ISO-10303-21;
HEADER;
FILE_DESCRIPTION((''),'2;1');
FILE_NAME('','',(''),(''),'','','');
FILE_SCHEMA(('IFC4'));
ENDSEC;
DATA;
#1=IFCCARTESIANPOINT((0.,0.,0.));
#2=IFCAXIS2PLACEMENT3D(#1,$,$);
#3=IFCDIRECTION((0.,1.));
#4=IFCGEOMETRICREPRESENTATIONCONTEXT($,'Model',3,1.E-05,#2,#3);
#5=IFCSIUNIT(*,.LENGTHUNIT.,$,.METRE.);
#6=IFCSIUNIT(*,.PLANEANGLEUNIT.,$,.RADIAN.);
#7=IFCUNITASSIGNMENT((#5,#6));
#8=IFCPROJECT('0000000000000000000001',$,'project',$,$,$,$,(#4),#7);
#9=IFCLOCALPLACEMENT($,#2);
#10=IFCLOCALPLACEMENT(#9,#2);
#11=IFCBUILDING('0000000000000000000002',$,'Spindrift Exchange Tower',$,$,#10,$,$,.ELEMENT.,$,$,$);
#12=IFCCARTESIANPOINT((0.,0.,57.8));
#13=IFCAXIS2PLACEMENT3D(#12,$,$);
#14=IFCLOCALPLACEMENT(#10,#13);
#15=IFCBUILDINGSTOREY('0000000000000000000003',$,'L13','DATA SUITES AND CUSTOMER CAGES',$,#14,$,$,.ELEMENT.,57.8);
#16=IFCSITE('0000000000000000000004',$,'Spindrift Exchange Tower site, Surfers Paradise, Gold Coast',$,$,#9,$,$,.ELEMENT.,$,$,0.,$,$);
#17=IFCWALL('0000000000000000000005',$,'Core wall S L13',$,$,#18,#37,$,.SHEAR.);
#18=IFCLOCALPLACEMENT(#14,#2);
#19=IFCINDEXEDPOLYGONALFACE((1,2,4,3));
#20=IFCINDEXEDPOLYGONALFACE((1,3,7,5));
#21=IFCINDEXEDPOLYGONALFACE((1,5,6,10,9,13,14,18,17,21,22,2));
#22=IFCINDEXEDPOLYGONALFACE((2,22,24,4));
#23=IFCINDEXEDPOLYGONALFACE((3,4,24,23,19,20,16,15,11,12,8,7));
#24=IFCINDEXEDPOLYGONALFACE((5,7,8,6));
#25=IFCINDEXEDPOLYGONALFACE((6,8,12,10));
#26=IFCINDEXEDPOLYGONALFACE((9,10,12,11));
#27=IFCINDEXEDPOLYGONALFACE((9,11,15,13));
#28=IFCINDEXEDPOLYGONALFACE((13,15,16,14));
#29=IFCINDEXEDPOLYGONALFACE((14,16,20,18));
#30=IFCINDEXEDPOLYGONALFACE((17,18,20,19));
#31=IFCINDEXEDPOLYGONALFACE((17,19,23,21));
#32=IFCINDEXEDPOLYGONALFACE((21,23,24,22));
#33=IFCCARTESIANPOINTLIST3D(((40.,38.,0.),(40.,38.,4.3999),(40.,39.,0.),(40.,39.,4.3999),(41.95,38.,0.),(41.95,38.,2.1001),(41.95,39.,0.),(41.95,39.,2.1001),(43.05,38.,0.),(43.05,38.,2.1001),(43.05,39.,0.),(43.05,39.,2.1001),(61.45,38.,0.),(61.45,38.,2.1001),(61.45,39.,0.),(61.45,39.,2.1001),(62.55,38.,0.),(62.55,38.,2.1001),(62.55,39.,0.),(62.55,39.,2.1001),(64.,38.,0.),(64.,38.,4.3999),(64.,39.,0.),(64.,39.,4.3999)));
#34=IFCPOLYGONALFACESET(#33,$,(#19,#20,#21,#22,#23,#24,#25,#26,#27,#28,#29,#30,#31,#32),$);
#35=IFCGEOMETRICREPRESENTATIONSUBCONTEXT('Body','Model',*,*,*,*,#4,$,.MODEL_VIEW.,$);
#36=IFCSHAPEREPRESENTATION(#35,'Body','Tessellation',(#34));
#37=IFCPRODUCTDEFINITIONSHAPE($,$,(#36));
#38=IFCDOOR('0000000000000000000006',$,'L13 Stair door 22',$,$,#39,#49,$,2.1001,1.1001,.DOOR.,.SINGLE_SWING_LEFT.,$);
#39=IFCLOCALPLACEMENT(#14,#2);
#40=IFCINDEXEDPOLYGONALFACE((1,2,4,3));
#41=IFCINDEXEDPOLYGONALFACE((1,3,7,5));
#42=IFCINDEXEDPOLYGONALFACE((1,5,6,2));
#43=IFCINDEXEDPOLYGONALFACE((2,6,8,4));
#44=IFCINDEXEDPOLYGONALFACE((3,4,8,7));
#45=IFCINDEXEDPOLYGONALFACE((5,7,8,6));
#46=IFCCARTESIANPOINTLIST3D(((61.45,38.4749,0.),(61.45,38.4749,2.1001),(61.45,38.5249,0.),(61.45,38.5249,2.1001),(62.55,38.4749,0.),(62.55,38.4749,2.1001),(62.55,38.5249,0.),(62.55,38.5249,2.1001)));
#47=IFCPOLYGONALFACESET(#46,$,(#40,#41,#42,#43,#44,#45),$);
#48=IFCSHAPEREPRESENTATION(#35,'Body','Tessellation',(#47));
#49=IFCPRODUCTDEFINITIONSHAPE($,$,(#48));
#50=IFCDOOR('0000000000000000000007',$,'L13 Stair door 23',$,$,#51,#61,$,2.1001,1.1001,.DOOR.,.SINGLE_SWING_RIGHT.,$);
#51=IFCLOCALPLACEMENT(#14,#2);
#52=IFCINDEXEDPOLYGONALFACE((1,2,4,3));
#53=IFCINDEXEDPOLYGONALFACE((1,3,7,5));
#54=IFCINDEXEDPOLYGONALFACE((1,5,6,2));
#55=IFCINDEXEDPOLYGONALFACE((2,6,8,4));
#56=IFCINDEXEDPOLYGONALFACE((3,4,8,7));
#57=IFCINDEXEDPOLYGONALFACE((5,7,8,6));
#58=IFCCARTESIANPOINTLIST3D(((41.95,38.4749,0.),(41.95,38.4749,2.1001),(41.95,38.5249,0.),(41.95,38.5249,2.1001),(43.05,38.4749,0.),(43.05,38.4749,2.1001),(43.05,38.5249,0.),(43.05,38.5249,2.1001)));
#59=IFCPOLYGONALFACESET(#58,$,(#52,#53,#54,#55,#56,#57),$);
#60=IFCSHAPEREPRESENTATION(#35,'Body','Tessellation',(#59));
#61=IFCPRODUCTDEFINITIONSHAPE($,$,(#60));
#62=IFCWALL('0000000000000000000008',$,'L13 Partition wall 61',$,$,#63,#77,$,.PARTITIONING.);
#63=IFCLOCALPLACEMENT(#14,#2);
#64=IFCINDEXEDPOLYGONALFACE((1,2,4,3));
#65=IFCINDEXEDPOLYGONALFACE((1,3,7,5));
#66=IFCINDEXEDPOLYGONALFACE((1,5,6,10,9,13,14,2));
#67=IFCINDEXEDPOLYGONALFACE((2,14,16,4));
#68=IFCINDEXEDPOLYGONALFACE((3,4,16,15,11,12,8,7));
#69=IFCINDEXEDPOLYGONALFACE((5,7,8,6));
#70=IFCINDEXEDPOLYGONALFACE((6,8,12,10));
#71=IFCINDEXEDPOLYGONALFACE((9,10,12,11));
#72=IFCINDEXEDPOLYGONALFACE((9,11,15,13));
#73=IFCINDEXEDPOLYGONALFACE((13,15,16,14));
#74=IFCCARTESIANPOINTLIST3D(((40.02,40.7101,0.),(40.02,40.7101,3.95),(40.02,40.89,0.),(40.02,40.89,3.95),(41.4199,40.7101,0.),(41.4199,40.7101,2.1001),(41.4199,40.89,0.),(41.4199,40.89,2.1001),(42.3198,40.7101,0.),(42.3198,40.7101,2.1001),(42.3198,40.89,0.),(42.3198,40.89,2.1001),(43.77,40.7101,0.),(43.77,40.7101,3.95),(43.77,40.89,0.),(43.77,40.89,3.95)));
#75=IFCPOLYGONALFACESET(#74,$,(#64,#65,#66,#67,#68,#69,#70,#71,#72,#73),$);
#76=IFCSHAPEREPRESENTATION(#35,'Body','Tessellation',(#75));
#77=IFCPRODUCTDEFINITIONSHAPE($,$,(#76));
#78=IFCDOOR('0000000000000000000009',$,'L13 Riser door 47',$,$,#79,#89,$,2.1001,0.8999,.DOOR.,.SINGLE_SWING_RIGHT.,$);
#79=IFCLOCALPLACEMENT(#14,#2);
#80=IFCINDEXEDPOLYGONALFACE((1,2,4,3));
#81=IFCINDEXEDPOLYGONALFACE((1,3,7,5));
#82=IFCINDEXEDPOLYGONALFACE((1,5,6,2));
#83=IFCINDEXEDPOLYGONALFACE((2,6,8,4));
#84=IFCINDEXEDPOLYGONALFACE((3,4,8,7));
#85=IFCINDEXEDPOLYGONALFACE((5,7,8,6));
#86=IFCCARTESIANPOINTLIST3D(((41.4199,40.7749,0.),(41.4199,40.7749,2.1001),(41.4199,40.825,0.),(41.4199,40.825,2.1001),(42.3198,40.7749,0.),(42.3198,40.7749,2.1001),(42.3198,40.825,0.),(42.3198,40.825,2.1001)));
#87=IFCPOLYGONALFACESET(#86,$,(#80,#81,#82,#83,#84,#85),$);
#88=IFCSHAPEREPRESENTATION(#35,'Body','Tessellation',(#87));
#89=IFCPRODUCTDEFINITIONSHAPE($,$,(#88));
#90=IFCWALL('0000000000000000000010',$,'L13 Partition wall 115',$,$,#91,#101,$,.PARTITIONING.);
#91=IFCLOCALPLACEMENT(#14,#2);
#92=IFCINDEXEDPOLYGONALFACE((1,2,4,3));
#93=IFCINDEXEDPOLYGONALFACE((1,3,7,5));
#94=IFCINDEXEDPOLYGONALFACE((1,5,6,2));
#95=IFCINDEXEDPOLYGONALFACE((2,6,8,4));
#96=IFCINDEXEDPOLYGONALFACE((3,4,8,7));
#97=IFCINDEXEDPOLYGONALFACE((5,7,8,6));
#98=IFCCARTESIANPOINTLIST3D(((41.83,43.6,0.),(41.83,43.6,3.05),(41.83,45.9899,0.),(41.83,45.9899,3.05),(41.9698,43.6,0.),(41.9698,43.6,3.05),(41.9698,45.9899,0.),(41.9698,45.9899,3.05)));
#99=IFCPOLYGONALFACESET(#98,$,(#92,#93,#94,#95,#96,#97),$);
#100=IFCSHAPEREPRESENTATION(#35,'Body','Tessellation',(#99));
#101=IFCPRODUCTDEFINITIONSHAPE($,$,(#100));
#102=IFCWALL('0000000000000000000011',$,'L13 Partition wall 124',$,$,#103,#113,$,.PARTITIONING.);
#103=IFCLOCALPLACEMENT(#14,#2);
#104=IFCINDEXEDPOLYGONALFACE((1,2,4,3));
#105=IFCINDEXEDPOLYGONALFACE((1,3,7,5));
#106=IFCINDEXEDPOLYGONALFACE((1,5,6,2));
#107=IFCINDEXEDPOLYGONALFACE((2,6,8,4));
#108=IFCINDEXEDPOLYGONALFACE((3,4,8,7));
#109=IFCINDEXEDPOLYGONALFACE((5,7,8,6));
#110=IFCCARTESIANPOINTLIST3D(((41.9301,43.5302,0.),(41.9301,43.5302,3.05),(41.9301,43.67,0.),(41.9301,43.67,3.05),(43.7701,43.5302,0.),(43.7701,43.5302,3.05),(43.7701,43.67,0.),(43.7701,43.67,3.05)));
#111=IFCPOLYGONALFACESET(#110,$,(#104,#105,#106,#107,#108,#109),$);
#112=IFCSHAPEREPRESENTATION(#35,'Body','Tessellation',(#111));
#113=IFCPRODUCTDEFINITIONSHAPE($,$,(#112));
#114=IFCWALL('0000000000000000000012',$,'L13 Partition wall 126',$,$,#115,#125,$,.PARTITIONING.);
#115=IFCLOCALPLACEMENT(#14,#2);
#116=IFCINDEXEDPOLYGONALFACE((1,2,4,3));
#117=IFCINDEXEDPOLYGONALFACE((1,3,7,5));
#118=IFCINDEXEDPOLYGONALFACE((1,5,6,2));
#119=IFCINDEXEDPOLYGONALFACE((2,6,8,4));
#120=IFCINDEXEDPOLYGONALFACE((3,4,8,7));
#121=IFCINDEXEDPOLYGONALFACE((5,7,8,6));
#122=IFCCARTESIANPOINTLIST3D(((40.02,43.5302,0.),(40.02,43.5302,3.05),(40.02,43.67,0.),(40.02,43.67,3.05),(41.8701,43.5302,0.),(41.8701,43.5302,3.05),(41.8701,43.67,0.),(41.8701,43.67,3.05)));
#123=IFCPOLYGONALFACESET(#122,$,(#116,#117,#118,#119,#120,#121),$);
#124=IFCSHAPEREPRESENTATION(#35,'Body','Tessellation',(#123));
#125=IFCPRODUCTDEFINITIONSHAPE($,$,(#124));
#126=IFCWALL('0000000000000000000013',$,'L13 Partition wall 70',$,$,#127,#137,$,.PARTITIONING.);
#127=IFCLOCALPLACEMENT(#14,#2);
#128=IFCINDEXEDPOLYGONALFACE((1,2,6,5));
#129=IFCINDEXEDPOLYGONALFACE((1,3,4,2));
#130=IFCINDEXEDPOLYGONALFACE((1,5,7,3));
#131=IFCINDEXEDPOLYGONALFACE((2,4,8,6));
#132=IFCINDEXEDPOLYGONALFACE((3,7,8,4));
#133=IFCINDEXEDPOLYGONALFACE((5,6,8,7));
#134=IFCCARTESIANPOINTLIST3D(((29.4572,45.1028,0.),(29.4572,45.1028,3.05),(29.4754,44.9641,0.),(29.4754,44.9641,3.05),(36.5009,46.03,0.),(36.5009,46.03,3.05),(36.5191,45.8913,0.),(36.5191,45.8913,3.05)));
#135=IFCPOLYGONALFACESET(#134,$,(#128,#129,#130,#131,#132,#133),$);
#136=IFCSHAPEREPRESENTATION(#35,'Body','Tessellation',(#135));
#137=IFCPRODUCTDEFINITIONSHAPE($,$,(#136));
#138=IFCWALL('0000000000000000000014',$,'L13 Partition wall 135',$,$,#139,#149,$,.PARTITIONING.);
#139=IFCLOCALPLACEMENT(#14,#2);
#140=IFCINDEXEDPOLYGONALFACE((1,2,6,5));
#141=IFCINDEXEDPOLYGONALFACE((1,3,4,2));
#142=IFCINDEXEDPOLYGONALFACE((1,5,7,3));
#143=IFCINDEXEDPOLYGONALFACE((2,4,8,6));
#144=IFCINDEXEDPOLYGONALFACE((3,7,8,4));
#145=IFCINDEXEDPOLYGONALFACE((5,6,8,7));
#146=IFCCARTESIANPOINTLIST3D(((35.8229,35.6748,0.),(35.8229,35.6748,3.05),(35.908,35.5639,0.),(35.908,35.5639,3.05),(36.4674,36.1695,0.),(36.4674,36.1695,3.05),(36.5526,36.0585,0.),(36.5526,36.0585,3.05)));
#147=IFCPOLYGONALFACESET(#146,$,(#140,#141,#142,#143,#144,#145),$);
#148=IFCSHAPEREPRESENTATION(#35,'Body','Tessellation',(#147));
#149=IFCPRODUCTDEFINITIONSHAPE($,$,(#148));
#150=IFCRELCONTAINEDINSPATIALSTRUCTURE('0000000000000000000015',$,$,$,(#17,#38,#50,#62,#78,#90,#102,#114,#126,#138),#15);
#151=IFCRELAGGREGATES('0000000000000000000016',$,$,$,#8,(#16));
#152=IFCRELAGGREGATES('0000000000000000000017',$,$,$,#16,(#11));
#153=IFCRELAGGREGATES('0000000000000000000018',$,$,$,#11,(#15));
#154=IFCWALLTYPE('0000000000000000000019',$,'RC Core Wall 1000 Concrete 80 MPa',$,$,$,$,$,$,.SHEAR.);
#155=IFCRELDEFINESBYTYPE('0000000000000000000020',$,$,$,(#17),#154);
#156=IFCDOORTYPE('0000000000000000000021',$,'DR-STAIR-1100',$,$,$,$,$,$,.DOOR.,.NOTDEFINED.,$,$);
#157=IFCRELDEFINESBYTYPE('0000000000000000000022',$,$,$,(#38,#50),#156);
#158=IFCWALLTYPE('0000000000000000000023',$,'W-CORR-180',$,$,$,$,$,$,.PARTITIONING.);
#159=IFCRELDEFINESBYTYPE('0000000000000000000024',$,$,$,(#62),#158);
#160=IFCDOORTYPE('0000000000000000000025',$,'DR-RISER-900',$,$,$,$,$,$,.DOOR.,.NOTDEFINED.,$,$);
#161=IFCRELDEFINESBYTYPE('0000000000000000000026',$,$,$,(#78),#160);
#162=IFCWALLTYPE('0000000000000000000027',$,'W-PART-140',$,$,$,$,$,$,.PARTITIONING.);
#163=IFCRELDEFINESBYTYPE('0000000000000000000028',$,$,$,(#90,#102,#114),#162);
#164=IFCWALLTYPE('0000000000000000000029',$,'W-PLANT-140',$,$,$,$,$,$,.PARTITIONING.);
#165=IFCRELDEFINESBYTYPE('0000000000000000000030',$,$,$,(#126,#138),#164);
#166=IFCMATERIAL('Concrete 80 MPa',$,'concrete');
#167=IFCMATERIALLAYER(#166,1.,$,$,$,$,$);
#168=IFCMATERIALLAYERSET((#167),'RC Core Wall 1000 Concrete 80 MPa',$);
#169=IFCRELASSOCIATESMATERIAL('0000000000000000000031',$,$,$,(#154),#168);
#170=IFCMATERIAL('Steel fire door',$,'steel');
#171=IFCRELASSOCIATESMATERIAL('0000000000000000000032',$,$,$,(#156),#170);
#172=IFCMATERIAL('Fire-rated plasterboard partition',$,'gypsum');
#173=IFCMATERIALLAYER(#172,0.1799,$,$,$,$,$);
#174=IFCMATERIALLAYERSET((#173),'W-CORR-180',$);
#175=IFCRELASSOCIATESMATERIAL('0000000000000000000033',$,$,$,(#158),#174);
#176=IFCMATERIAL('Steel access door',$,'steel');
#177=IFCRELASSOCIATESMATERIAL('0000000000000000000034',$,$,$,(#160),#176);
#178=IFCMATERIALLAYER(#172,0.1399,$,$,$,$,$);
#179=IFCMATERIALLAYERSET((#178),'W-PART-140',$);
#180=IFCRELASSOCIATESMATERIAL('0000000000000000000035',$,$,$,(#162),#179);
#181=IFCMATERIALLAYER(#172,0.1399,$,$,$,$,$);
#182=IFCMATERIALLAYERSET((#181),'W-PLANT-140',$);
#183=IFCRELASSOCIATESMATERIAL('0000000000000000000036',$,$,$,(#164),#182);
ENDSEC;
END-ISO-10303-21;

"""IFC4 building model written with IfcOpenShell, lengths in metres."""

from ifc_helpers import new_model, si_unit, direction, frame, frame_2d, origin, place, context, subcontext, project, spatial, rectangle, extrude, source, transform, mapped, material, layer, layer_set, type_object, element, fill, save


model = new_model("IFC4")

# Units and contexts
model_context = context("Model", 3, precision=1e-05, world=origin(), true_north=direction((0.0, 1.0)))
body_context = subcontext(model_context, "Body", "Model", "MODEL_VIEW")
ifc_project = project(units=[si_unit("LENGTHUNIT", "METRE"), si_unit("PLANEANGLEUNIT", "RADIAN")], contexts=[model_context])

# Site, building, storey
site_placement = place(None, origin())
site = spatial("IfcSite", under=ifc_project, at=site_placement, Name="Spindrift Exchange Tower site, Surfers Paradise, Gold Coast", CompositionType="ELEMENT", RefElevation=0.0)
building_placement = place(site_placement, origin())
building = spatial("IfcBuilding", under=site, at=building_placement, Name="Spindrift Exchange Tower", CompositionType="ELEMENT")
storey_placement = place(building_placement, frame((0.0, 0.0, 57.8)))
storey = spatial("IfcBuildingStorey", under=building, at=storey_placement, Name="L13", Description="DATA SUITES AND CUSTOMER CAGES", CompositionType="ELEMENT", Elevation=57.8)

# Shared definitions
ifc_material_1 = material(Name="Concrete 80 MPa", Category="concrete")

# Wall, openings, doors
ifc_layer_1 = layer(ifc_material_1, 1.0)
ifc_layer_set_1 = layer_set([ifc_layer_1], Name="RC Core Wall 1000 Concrete 80 MPa")
wall_type_1 = type_object("IfcWallType", Name="RC Core Wall 1000 Concrete 80 MPa", PredefinedType="SHEAR", material=ifc_layer_set_1)
wall_1_placement = place(storey_placement, frame((40.0, 38.5, 0.0), z_axis=(0.0, 0.0, 1.0), x_axis=(1.0, 0.0, 0.0)))
wall_1 = element("IfcWall", 1, at=wall_1_placement, inside=storey, type_object=wall_type_1, Name="Core wall S L13", PredefinedType="SHEAR", context=body_context, shape_type="SweptSolid", body=[
    extrude(rectangle(XDim=24.0, YDim=1.0, at=frame_2d((12.0, 0.0))), origin(), (0.0, 0.0, 1.0), 4.3999),
])
opening_1_placement = place(wall_1_placement, frame((21.45, 0.0, 0.0)))
opening_1 = element("IfcOpeningElement", 2, at=opening_1_placement, cuts=wall_1, PredefinedType="OPENING", context=body_context, shape_type="SweptSolid", body=[
    extrude(rectangle(XDim=1.1001, YDim=2.1001, at=frame_2d((0.55, 1.05))), frame((0.0, 0.51, 0.0), z_axis=(0.0, -1.0, 0.0), x_axis=(1.0, 0.0, 0.0)), (0.0, 0.0, 1.0), 1.02),
])
opening_2_placement = place(wall_1_placement, frame((1.95, 0.0, 0.0)))
opening_2 = element("IfcOpeningElement", 3, at=opening_2_placement, cuts=wall_1, PredefinedType="OPENING", context=body_context, shape_type="SweptSolid", body=[
    extrude(rectangle(XDim=1.1001, YDim=2.1001, at=frame_2d((0.55, 1.05))), frame((0.0, 0.51, 0.0), z_axis=(0.0, -1.0, 0.0), x_axis=(1.0, 0.0, 0.0)), (0.0, 0.0, 1.0), 1.02),
])
ifc_material_2 = material(Name="Steel fire door", Category="steel")
door_type_1 = type_object("IfcDoorType", Name="DR-STAIR-1100", OperationType="NOTDEFINED", PredefinedType="DOOR", material=ifc_material_2)
shared_shape_1 = source(origin(), body_context, "Body", "SweptSolid", [
    extrude(rectangle(XDim=1.1001, YDim=2.1001, at=frame_2d((0.55, 1.05))), frame((0.0, 0.0249, 0.0), z_axis=(0.0, -1.0, 0.0), x_axis=(1.0, 0.0, 0.0)), (0.0, 0.0, 1.0), 0.05),
])
door_1_placement = place(opening_1_placement, origin())
door_1 = element("IfcDoor", 4, at=door_1_placement, inside=storey, type_object=door_type_1, Name="L13 Stair door 22", OperationType="SINGLE_SWING_LEFT", OverallHeight=2.1001, OverallWidth=1.1001, PredefinedType="DOOR", context=body_context, shape_type="MappedRepresentation", body=[
    mapped(shared_shape_1, transform((0.0, 0.0, 0.0), scale=1.0)),
])
fill(opening_1, door_1)
door_2_placement = place(opening_2_placement, origin())
door_2 = element("IfcDoor", 5, at=door_2_placement, inside=storey, type_object=door_type_1, Name="L13 Stair door 23", OperationType="SINGLE_SWING_RIGHT", OverallHeight=2.1001, OverallWidth=1.1001, PredefinedType="DOOR", context=body_context, shape_type="MappedRepresentation", body=[
    mapped(shared_shape_1, transform((0.0, 0.0, 0.0), scale=1.0)),
])
fill(opening_2, door_2)

# Wall, opening, door
ifc_material_3 = material(Name="Fire-rated plasterboard partition", Category="gypsum")
ifc_layer_2 = layer(ifc_material_3, 0.1799)
ifc_layer_set_2 = layer_set([ifc_layer_2], Name="W-CORR-180")
wall_type_2 = type_object("IfcWallType", Name="W-CORR-180", PredefinedType="PARTITIONING", material=ifc_layer_set_2)
wall_2_placement = place(storey_placement, frame((40.02, 40.8, 0.0), z_axis=(0.0, 0.0, 1.0), x_axis=(1.0, 0.0, 0.0)))
wall_2 = element("IfcWall", 6, at=wall_2_placement, inside=storey, type_object=wall_type_2, Name="L13 Partition wall 61", PredefinedType="PARTITIONING", context=body_context, shape_type="SweptSolid", body=[
    extrude(rectangle(XDim=3.75, YDim=0.1799, at=frame_2d((1.875, 0.0))), origin(), (0.0, 0.0, 1.0), 3.95),
])
opening_3_placement = place(wall_2_placement, frame((1.3999, 0.0, 0.0)))
opening_3 = element("IfcOpeningElement", 7, at=opening_3_placement, cuts=wall_2, PredefinedType="OPENING", context=body_context, shape_type="SweptSolid", body=[
    extrude(rectangle(XDim=0.8999, YDim=2.1001, at=frame_2d((0.45, 1.05))), frame((0.0, 0.0999, 0.0), z_axis=(0.0, -1.0, 0.0), x_axis=(1.0, 0.0, 0.0)), (0.0, 0.0, 1.0), 0.2),
])
ifc_material_4 = material(Name="Steel access door", Category="steel")
door_type_2 = type_object("IfcDoorType", Name="DR-RISER-900", OperationType="NOTDEFINED", PredefinedType="DOOR", material=ifc_material_4)
shared_shape_2 = source(origin(), body_context, "Body", "SweptSolid", [
    extrude(rectangle(XDim=0.8999, YDim=2.1001, at=frame_2d((0.45, 1.05))), frame((0.0, 0.0249, 0.0), z_axis=(0.0, -1.0, 0.0), x_axis=(1.0, 0.0, 0.0)), (0.0, 0.0, 1.0), 0.05),
])
door_3_placement = place(opening_3_placement, origin())
door_3 = element("IfcDoor", 8, at=door_3_placement, inside=storey, type_object=door_type_2, Name="L13 Riser door 47", OperationType="SINGLE_SWING_RIGHT", OverallHeight=2.1001, OverallWidth=0.8999, PredefinedType="DOOR", context=body_context, shape_type="MappedRepresentation", body=[
    mapped(shared_shape_2, transform((0.0, 0.0, 0.0), scale=1.0)),
])
fill(opening_3, door_3)

# Walls
ifc_layer_3 = layer(ifc_material_3, 0.1399)
ifc_layer_set_3 = layer_set([ifc_layer_3], Name="W-PART-140")
wall_type_3 = type_object("IfcWallType", Name="W-PART-140", PredefinedType="PARTITIONING", material=ifc_layer_set_3)
wall_3_placement = place(storey_placement, frame((41.8999, 43.6001, 0.0), z_axis=(0.0, 0.0, 1.0), x_axis=(0.0, 1.0, 0.0)))
element("IfcWall", 9, at=wall_3_placement, inside=storey, type_object=wall_type_3, Name="L13 Partition wall 115", PredefinedType="PARTITIONING", context=body_context, shape_type="SweptSolid", body=[
    extrude(rectangle(XDim=2.3899, YDim=0.1399, at=frame_2d((1.1948, 0.0))), origin(), (0.0, 0.0, 1.0), 3.05),
])
wall_4_placement = place(storey_placement, frame((43.77, 43.6001, 0.0), z_axis=(0.0, 0.0, 1.0), x_axis=(-1.0, 0.0, 0.0)))
element("IfcWall", 10, at=wall_4_placement, inside=storey, type_object=wall_type_3, Name="L13 Partition wall 124", PredefinedType="PARTITIONING", context=body_context, shape_type="SweptSolid", body=[
    extrude(rectangle(XDim=1.8401, YDim=0.1399, at=frame_2d((0.9199, 0.0))), origin(), (0.0, 0.0, 1.0), 3.05),
])
wall_5_placement = place(storey_placement, frame((41.8701, 43.6001, 0.0), z_axis=(0.0, 0.0, 1.0), x_axis=(-1.0, 0.0, 0.0)))
element("IfcWall", 11, at=wall_5_placement, inside=storey, type_object=wall_type_3, Name="L13 Partition wall 126", PredefinedType="PARTITIONING", context=body_context, shape_type="SweptSolid", body=[
    extrude(rectangle(XDim=1.8501, YDim=0.1399, at=frame_2d((0.925, 0.0))), origin(), (0.0, 0.0, 1.0), 3.05),
])
ifc_layer_4 = layer(ifc_material_3, 0.1399)
ifc_layer_set_4 = layer_set([ifc_layer_4], Name="W-PLANT-140")
wall_type_4 = type_object("IfcWallType", Name="W-PLANT-140", PredefinedType="PARTITIONING", material=ifc_layer_set_4)
wall_6_placement = place(storey_placement, frame((36.51, 45.9607, 0.0), z_axis=(0.0, 0.0, 1.0), x_axis=(-0.991446, -0.130516, 0.0)))
element("IfcWall", 12, at=wall_6_placement, inside=storey, type_object=wall_type_4, Name="L13 Partition wall 70", PredefinedType="PARTITIONING", context=body_context, shape_type="SweptSolid", body=[
    extrude(rectangle(XDim=7.1045, YDim=0.1399, at=frame_2d((3.5522, 0.0))), origin(), (0.0, 0.0, 1.0), 3.05),
])
wall_7_placement = place(storey_placement, frame((36.51, 36.114, 0.0), z_axis=(0.0, 0.0, 1.0), x_axis=(-0.793316, -0.60881, 0.0)))
element("IfcWall", 13, at=wall_7_placement, inside=storey, type_object=wall_type_4, Name="L13 Partition wall 135", PredefinedType="PARTITIONING", context=body_context, shape_type="SweptSolid", body=[
    extrude(rectangle(XDim=0.8125, YDim=0.1399, at=frame_2d((0.4062, 0.0))), origin(), (0.0, 0.0, 1.0), 3.05),
])

save(model, "model.ifc")
